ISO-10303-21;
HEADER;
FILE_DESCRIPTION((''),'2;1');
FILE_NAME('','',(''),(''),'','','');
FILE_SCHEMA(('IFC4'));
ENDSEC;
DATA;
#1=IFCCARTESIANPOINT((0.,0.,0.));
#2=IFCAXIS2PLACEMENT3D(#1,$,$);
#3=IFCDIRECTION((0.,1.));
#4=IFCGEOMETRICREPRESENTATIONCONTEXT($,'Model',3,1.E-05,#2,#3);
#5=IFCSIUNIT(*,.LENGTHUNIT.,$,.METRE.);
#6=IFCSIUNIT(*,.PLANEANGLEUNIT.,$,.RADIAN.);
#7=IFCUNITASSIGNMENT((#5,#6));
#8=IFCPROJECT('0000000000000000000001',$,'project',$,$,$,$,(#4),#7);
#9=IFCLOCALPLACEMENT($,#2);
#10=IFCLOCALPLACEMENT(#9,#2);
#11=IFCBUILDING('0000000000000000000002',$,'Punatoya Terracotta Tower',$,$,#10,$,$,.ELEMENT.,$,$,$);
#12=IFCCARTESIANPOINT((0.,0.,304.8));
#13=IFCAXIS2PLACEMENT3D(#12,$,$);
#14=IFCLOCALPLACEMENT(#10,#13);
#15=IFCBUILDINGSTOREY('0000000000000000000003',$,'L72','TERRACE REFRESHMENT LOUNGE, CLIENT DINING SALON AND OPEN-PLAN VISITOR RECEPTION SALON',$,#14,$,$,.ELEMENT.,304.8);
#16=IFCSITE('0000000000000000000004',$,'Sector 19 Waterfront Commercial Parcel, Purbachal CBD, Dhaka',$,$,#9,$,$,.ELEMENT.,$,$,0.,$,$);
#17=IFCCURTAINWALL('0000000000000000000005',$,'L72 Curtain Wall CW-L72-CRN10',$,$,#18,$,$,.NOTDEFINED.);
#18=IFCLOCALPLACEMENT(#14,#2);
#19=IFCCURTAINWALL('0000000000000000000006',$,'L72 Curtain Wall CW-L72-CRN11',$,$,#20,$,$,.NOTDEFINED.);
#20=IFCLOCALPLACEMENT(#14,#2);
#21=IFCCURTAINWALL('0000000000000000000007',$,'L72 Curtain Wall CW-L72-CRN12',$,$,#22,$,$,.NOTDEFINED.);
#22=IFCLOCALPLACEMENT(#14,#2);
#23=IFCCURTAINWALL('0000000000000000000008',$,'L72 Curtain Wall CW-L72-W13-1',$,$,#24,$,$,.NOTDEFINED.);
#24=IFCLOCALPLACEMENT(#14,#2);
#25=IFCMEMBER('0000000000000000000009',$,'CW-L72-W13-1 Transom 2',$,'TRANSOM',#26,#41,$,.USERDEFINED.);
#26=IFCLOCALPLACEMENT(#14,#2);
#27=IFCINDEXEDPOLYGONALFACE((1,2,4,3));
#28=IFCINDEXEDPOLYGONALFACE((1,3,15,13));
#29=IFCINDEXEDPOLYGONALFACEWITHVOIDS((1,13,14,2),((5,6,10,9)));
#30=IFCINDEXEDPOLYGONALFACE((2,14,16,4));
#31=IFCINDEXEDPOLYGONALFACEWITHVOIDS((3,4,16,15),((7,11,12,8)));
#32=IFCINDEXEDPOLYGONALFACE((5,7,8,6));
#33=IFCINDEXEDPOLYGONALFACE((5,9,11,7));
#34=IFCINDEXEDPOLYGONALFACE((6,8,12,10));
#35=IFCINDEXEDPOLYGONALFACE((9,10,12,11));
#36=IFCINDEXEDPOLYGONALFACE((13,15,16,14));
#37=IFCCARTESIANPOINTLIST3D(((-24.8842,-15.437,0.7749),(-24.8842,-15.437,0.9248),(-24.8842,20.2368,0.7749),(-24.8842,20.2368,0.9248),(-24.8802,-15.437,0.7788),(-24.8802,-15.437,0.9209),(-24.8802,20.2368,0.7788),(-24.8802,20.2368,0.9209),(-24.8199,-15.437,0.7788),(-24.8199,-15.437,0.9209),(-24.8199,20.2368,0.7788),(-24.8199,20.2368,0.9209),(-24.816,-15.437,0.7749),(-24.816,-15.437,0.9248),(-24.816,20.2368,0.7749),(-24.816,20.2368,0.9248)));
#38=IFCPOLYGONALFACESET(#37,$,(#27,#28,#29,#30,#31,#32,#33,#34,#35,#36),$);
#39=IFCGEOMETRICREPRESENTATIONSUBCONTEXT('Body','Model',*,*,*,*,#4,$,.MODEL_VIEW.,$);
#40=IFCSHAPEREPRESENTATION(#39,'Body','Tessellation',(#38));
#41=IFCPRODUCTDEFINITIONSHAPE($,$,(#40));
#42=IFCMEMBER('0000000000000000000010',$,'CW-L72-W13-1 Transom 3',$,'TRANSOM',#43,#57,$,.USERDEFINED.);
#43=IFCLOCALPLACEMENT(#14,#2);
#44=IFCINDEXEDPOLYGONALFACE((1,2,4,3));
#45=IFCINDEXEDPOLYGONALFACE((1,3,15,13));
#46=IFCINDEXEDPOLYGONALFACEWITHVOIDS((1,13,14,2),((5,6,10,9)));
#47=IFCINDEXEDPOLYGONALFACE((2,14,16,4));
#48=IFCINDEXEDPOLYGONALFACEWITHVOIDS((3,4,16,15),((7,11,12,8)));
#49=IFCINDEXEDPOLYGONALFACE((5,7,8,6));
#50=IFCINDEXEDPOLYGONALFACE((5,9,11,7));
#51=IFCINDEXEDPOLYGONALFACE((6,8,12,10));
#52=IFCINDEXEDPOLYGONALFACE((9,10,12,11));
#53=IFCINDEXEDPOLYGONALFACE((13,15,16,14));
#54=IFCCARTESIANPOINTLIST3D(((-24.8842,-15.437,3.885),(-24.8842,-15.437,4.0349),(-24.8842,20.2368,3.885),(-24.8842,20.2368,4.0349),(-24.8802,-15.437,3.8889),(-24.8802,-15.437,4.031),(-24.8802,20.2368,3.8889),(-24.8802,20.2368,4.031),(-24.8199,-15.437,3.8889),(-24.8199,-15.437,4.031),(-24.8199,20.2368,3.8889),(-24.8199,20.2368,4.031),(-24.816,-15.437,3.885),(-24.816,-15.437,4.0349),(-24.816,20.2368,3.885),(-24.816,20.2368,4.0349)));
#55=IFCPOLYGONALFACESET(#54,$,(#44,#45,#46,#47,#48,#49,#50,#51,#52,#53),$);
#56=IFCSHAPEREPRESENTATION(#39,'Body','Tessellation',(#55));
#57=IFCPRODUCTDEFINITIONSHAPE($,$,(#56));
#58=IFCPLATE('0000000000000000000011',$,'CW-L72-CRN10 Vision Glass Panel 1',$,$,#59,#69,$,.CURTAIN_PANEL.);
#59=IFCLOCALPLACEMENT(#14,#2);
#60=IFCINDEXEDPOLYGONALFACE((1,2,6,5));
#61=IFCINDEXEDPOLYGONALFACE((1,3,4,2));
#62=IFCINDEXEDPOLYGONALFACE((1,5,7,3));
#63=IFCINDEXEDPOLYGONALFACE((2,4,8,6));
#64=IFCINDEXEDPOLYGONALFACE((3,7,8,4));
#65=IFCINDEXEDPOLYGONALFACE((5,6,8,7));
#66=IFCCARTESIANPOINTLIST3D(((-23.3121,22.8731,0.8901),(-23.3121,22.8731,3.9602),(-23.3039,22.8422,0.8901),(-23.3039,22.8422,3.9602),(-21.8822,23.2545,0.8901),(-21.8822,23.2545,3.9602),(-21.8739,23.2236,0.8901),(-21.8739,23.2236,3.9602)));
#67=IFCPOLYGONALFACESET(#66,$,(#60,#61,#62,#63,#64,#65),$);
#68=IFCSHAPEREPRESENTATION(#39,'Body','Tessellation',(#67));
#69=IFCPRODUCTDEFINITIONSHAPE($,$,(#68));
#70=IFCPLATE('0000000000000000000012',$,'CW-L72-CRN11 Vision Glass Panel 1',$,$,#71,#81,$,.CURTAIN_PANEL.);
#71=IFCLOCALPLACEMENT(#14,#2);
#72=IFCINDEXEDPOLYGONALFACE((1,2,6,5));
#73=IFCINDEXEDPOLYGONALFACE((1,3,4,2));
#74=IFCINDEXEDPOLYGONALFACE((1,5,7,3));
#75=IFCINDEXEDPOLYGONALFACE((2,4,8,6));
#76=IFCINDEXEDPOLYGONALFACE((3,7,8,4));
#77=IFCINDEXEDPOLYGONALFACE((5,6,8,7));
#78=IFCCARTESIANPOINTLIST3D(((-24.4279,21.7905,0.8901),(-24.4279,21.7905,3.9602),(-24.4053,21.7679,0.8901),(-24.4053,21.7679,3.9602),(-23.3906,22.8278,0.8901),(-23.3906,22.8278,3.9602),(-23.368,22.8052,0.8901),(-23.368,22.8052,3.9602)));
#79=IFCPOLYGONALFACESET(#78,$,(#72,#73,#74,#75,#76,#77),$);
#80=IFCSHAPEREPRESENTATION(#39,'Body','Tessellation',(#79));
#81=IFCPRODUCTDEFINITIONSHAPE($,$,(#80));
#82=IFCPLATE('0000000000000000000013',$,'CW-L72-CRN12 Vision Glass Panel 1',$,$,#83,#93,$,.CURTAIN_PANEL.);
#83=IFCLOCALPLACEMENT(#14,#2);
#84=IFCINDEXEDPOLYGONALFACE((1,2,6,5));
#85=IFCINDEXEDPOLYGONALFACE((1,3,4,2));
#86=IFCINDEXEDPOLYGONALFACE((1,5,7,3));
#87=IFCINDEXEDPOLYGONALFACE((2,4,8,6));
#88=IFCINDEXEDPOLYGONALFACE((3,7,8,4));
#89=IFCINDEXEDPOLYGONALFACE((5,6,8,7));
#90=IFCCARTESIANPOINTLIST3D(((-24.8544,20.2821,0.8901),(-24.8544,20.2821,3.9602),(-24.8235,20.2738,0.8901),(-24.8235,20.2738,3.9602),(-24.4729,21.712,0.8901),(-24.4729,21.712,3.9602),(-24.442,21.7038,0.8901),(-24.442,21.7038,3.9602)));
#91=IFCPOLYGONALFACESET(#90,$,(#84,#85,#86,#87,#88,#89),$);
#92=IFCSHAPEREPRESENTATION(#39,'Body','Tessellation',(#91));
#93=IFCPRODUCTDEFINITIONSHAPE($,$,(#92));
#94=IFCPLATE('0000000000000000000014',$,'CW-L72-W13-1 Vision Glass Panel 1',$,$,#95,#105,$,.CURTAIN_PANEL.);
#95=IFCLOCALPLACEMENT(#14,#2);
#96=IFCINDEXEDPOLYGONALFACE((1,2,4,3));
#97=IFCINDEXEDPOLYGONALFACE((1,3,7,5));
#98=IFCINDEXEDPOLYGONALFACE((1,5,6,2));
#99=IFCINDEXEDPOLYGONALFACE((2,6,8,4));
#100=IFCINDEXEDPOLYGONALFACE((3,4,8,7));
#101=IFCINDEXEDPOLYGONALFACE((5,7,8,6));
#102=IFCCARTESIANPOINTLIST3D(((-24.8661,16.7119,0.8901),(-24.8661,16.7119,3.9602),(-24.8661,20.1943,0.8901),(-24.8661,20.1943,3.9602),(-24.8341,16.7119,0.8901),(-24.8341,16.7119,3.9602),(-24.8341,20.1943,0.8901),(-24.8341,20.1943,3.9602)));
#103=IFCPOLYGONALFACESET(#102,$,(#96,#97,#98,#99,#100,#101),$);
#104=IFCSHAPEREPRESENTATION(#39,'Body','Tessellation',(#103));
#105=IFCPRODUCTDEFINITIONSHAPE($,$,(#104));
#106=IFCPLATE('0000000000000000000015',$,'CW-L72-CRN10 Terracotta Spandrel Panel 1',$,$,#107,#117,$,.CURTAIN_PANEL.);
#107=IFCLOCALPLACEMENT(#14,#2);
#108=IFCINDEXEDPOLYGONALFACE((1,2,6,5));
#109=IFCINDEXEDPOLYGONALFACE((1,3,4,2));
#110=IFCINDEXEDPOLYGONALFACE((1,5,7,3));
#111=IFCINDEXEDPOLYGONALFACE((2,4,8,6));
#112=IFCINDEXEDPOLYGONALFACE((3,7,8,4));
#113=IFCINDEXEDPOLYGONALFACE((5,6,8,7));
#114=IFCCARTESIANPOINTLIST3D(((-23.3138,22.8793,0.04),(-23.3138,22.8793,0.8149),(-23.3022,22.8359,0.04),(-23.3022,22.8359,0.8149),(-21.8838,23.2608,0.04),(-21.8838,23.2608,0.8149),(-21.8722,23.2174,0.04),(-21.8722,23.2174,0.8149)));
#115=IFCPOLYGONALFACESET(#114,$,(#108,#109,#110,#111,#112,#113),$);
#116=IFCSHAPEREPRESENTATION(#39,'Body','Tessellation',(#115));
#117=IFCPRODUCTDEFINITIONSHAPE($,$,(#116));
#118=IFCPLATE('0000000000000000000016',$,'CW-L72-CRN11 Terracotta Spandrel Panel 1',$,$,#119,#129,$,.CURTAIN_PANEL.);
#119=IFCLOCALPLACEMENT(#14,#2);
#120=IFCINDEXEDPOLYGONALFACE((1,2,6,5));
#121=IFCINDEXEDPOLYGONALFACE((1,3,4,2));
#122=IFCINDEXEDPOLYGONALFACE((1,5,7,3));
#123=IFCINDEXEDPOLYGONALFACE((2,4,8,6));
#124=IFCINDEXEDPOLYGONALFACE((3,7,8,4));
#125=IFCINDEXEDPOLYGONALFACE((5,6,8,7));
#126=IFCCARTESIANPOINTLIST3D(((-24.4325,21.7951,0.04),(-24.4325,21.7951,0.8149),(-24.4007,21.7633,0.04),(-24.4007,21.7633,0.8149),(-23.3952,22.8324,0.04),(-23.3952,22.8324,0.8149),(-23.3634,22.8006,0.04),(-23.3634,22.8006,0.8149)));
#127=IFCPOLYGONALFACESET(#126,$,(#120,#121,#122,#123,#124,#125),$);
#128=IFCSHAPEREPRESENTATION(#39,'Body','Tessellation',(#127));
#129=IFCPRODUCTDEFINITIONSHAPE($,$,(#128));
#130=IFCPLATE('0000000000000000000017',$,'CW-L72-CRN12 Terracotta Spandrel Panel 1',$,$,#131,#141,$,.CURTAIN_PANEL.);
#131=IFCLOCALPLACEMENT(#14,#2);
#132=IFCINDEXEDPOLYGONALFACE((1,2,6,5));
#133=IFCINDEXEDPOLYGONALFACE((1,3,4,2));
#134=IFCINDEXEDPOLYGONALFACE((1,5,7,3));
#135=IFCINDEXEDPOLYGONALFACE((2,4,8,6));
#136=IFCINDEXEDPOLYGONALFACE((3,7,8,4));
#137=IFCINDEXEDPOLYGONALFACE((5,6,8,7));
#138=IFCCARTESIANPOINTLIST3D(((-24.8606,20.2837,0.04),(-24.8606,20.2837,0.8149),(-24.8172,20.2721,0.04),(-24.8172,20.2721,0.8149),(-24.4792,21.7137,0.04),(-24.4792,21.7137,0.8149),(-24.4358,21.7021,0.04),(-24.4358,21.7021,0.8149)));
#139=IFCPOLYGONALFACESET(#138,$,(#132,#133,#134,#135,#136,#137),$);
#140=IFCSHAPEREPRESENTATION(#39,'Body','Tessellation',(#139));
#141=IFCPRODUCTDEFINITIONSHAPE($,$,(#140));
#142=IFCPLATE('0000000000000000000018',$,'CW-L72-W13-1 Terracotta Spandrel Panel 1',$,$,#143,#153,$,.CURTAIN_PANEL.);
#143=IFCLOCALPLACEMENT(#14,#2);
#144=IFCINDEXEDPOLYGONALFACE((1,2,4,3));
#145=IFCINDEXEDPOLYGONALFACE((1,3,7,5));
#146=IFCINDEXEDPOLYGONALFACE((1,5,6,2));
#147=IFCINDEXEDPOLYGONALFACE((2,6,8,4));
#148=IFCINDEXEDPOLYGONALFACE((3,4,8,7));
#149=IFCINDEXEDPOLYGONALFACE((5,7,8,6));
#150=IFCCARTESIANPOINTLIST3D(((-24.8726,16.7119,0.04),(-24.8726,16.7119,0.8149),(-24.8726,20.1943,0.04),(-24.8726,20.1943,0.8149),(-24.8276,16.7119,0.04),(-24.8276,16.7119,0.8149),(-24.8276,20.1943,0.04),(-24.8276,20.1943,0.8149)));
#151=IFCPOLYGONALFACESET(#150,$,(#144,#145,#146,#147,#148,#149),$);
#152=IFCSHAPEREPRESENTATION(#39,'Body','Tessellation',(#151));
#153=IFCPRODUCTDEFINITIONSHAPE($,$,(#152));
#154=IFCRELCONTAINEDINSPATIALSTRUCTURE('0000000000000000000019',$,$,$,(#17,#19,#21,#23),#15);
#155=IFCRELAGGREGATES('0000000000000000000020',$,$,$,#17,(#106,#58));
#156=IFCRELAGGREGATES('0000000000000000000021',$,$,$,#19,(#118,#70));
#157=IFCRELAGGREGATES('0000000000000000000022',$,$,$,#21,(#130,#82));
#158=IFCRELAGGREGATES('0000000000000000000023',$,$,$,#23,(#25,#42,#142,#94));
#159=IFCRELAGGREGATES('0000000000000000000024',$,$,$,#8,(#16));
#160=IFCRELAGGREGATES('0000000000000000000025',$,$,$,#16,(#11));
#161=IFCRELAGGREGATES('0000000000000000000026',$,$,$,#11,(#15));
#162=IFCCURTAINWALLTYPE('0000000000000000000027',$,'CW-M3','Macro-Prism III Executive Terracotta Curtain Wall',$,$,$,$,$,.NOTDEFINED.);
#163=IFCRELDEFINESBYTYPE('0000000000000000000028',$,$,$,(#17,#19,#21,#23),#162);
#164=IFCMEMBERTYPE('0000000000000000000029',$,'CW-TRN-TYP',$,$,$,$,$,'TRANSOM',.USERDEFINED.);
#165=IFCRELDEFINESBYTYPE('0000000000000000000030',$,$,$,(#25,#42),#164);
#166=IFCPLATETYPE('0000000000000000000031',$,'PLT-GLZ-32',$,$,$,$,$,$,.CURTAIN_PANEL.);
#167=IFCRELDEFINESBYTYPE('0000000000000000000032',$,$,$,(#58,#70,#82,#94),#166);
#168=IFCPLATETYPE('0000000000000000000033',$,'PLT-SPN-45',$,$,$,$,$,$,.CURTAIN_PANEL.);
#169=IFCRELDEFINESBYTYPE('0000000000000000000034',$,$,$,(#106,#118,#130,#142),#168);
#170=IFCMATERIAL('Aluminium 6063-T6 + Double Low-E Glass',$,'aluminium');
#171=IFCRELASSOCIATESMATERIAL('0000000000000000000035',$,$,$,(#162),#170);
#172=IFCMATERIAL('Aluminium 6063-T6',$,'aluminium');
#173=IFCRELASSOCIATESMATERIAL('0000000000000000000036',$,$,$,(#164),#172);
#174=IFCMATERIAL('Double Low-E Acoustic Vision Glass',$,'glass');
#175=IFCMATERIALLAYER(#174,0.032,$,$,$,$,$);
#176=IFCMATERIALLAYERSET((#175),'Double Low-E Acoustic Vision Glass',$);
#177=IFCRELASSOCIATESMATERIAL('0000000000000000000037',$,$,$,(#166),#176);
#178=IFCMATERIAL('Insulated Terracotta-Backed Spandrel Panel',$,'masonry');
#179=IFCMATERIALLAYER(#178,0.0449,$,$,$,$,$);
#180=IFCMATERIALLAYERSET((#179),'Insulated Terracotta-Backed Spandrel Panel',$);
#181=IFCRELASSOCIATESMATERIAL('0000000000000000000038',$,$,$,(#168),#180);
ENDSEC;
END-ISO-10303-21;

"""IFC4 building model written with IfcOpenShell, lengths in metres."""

from ifc_helpers import new_model, si_unit, direction, frame, origin, origin_2d, place, context, subcontext, project, spatial, rectangle, hollow_rectangle, extrude, material, layer, layer_set, material_profile, profile_set, type_object, element, aggregate, save


model = new_model("IFC4")

# Units and contexts
model_context = context("Model", 3, precision=1e-05, world=origin(), true_north=direction((0.0, 1.0)))
body_context = subcontext(model_context, "Body", "Model", "MODEL_VIEW")
ifc_project = project(units=[si_unit("LENGTHUNIT", "METRE"), si_unit("PLANEANGLEUNIT", "RADIAN")], contexts=[model_context])

# Site, building, storey
site_placement = place(None, origin())
site = spatial("IfcSite", under=ifc_project, at=site_placement, Name="Sector 19 Waterfront Commercial Parcel, Purbachal CBD, Dhaka", CompositionType="ELEMENT", RefElevation=0.0)
building_placement = place(site_placement, origin())
building = spatial("IfcBuilding", under=site, at=building_placement, Name="Punatoya Terracotta Tower", CompositionType="ELEMENT")
storey_placement = place(building_placement, frame((0.0, 0.0, 304.8)))
storey = spatial("IfcBuildingStorey", under=building, at=storey_placement, Name="L72", Description="TERRACE REFRESHMENT LOUNGE, CLIENT DINING SALON AND OPEN-PLAN VISITOR RECEPTION SALON", CompositionType="ELEMENT", Elevation=304.8)

# Curtain walls
ifc_material_1 = material(Name="Aluminium 6063-T6 + Double Low-E Glass", Category="aluminium")
curtain_wall_type = type_object("IfcCurtainWallType", Name="CW-M3", Description="Macro-Prism III Executive Terracotta Curtain Wall", PredefinedType="NOTDEFINED", material=ifc_material_1)
curtain_wall_1_placement = place(storey_placement, origin())
curtain_wall_1 = element("IfcCurtainWall", 1, at=curtain_wall_1_placement, inside=storey, type_object=curtain_wall_type, Name="L72 Curtain Wall CW-L72-CRN10", PredefinedType="NOTDEFINED")
ifc_material_2 = material(Name="Aluminium 6063-T6", Category="aluminium")
curtain_wall_2_placement = place(storey_placement, origin())
curtain_wall_2 = element("IfcCurtainWall", 2, at=curtain_wall_2_placement, inside=storey, type_object=curtain_wall_type, Name="L72 Curtain Wall CW-L72-CRN11", PredefinedType="NOTDEFINED")
curtain_wall_3_placement = place(storey_placement, origin())
curtain_wall_3 = element("IfcCurtainWall", 3, at=curtain_wall_3_placement, inside=storey, type_object=curtain_wall_type, Name="L72 Curtain Wall CW-L72-CRN12", PredefinedType="NOTDEFINED")

# Curtain wall
curtain_wall_4_placement = place(storey_placement, origin())
curtain_wall_4 = element("IfcCurtainWall", 4, at=curtain_wall_4_placement, inside=storey, type_object=curtain_wall_type, Name="L72 Curtain Wall CW-L72-W13-1", PredefinedType="NOTDEFINED")

# Members
ifc_material_profile_1 = material_profile(ifc_material_2, hollow_rectangle(XDim=0.0681, YDim=0.1499, WallThickness=0.0039, at=origin_2d()))
ifc_profile_set_1 = profile_set([ifc_material_profile_1], Name="Aluminium 6063-T6")
member_type_1 = type_object("IfcMemberType", Name="CW-TRN-TYP", ElementType="TRANSOM", PredefinedType="USERDEFINED", material=ifc_profile_set_1)
member_1_placement = place(storey_placement, frame((-24.8501, 20.2368, 0.8499), z_axis=(0.0, -1.0, 0.0), x_axis=(1.0, 0.0, 0.0)))
member_1 = element("IfcMember", 5, at=member_1_placement, type_object=member_type_1, Name="CW-L72-W13-1 Transom 2", ObjectType="TRANSOM", PredefinedType="USERDEFINED", context=body_context, shape_type="SweptSolid", body=[
    extrude(hollow_rectangle(XDim=0.0681, YDim=0.1499, WallThickness=0.0039, at=origin_2d()), origin(), (0.0, 0.0, 1.0), 35.6738),
])
member_2_placement = place(storey_placement, frame((-24.8501, 20.2368, 3.96), z_axis=(0.0, -1.0, 0.0), x_axis=(1.0, 0.0, 0.0)))
member_2 = element("IfcMember", 6, at=member_2_placement, type_object=member_type_1, Name="CW-L72-W13-1 Transom 3", ObjectType="TRANSOM", PredefinedType="USERDEFINED", context=body_context, shape_type="SweptSolid", body=[
    extrude(hollow_rectangle(XDim=0.0681, YDim=0.1499, WallThickness=0.0039, at=origin_2d()), origin(), (0.0, 0.0, 1.0), 35.6738),
])

# Plates
ifc_material_3 = material(Name="Double Low-E Acoustic Vision Glass", Category="glass")
ifc_layer_1 = layer(ifc_material_3, 0.032)
ifc_layer_set_1 = layer_set([ifc_layer_1], Name="Double Low-E Acoustic Vision Glass")
plate_type_1 = type_object("IfcPlateType", Name="PLT-GLZ-32", PredefinedType="CURTAIN_PANEL", material=ifc_layer_set_1)
plate_1_placement = place(storey_placement, frame((-22.593, 23.0483, 0.8901), z_axis=(0.0, 0.0, 1.0), x_axis=(-0.966214, -0.257742, 0.0)))
plate_1 = element("IfcPlate", 7, at=plate_1_placement, type_object=plate_type_1, Name="CW-L72-CRN10 Vision Glass Panel 1", PredefinedType="CURTAIN_PANEL", context=body_context, shape_type="SweptSolid", body=[
    extrude(rectangle(XDim=1.48, YDim=0.032, at=origin_2d()), origin(), (0.0, 0.0, 1.0), 3.0701),
])
plate_2_placement = place(storey_placement, frame((-23.8979, 22.2979, 0.8901), z_axis=(0.0, 0.0, 1.0), x_axis=(-0.707107, -0.707107, 0.0)))
plate_2 = element("IfcPlate", 8, at=plate_2_placement, type_object=plate_type_1, Name="CW-L72-CRN11 Vision Glass Panel 1", PredefinedType="CURTAIN_PANEL", context=body_context, shape_type="SweptSolid", body=[
    extrude(rectangle(XDim=1.467, YDim=0.032, at=origin_2d()), origin(), (0.0, 0.0, 1.0), 3.0701),
])
plate_3_placement = place(storey_placement, frame((-24.6482, 20.9929, 0.8901), z_axis=(0.0, 0.0, 1.0), x_axis=(-0.257742, -0.966214, 0.0)))
plate_3 = element("IfcPlate", 9, at=plate_3_placement, type_object=plate_type_1, Name="CW-L72-CRN12 Vision Glass Panel 1", PredefinedType="CURTAIN_PANEL", context=body_context, shape_type="SweptSolid", body=[
    extrude(rectangle(XDim=1.48, YDim=0.032, at=origin_2d()), origin(), (0.0, 0.0, 1.0), 3.0701),
])
plate_4_placement = place(storey_placement, frame((-24.8501, 18.4531, 0.8901), z_axis=(0.0, 0.0, 1.0), x_axis=(0.0, -1.0, 0.0)))
plate_4 = element("IfcPlate", 10, at=plate_4_placement, type_object=plate_type_1, Name="CW-L72-W13-1 Vision Glass Panel 1", PredefinedType="CURTAIN_PANEL", context=body_context, shape_type="SweptSolid", body=[
    extrude(rectangle(XDim=3.4824, YDim=0.032, at=origin_2d()), origin(), (0.0, 0.0, 1.0), 3.0701),
])
ifc_material_4 = material(Name="Insulated Terracotta-Backed Spandrel Panel", Category="masonry")
ifc_layer_2 = layer(ifc_material_4, 0.0449)
ifc_layer_set_2 = layer_set([ifc_layer_2], Name="Insulated Terracotta-Backed Spandrel Panel")
plate_type_2 = type_object("IfcPlateType", Name="PLT-SPN-45", PredefinedType="CURTAIN_PANEL", material=ifc_layer_set_2)
plate_5_placement = place(storey_placement, frame((-22.593, 23.0483, 0.04), z_axis=(0.0, 0.0, 1.0), x_axis=(-0.966214, -0.257742, 0.0)))
plate_5 = element("IfcPlate", 11, at=plate_5_placement, type_object=plate_type_2, Name="CW-L72-CRN10 Terracotta Spandrel Panel 1", PredefinedType="CURTAIN_PANEL", context=body_context, shape_type="SweptSolid", body=[
    extrude(rectangle(XDim=1.48, YDim=0.0449, at=origin_2d()), origin(), (0.0, 0.0, 1.0), 0.7749),
])
aggregate(curtain_wall_1, [plate_5, plate_1])
plate_6_placement = place(storey_placement, frame((-23.8979, 22.2979, 0.04), z_axis=(0.0, 0.0, 1.0), x_axis=(-0.707107, -0.707107, 0.0)))
plate_6 = element("IfcPlate", 12, at=plate_6_placement, type_object=plate_type_2, Name="CW-L72-CRN11 Terracotta Spandrel Panel 1", PredefinedType="CURTAIN_PANEL", context=body_context, shape_type="SweptSolid", body=[
    extrude(rectangle(XDim=1.467, YDim=0.0449, at=origin_2d()), origin(), (0.0, 0.0, 1.0), 0.7749),
])
aggregate(curtain_wall_2, [plate_6, plate_2])
plate_7_placement = place(storey_placement, frame((-24.6482, 20.9929, 0.04), z_axis=(0.0, 0.0, 1.0), x_axis=(-0.257742, -0.966214, 0.0)))
plate_7 = element("IfcPlate", 13, at=plate_7_placement, type_object=plate_type_2, Name="CW-L72-CRN12 Terracotta Spandrel Panel 1", PredefinedType="CURTAIN_PANEL", context=body_context, shape_type="SweptSolid", body=[
    extrude(rectangle(XDim=1.48, YDim=0.0449, at=origin_2d()), origin(), (0.0, 0.0, 1.0), 0.7749),
])
aggregate(curtain_wall_3, [plate_7, plate_3])
plate_8_placement = place(storey_placement, frame((-24.8501, 18.4531, 0.04), z_axis=(0.0, 0.0, 1.0), x_axis=(0.0, -1.0, 0.0)))
plate_8 = element("IfcPlate", 14, at=plate_8_placement, type_object=plate_type_2, Name="CW-L72-W13-1 Terracotta Spandrel Panel 1", PredefinedType="CURTAIN_PANEL", context=body_context, shape_type="SweptSolid", body=[
    extrude(rectangle(XDim=3.4824, YDim=0.0449, at=origin_2d()), origin(), (0.0, 0.0, 1.0), 0.7749),
])
aggregate(curtain_wall_4, [member_1, member_2, plate_8, plate_4])

save(model, "model.ifc")
